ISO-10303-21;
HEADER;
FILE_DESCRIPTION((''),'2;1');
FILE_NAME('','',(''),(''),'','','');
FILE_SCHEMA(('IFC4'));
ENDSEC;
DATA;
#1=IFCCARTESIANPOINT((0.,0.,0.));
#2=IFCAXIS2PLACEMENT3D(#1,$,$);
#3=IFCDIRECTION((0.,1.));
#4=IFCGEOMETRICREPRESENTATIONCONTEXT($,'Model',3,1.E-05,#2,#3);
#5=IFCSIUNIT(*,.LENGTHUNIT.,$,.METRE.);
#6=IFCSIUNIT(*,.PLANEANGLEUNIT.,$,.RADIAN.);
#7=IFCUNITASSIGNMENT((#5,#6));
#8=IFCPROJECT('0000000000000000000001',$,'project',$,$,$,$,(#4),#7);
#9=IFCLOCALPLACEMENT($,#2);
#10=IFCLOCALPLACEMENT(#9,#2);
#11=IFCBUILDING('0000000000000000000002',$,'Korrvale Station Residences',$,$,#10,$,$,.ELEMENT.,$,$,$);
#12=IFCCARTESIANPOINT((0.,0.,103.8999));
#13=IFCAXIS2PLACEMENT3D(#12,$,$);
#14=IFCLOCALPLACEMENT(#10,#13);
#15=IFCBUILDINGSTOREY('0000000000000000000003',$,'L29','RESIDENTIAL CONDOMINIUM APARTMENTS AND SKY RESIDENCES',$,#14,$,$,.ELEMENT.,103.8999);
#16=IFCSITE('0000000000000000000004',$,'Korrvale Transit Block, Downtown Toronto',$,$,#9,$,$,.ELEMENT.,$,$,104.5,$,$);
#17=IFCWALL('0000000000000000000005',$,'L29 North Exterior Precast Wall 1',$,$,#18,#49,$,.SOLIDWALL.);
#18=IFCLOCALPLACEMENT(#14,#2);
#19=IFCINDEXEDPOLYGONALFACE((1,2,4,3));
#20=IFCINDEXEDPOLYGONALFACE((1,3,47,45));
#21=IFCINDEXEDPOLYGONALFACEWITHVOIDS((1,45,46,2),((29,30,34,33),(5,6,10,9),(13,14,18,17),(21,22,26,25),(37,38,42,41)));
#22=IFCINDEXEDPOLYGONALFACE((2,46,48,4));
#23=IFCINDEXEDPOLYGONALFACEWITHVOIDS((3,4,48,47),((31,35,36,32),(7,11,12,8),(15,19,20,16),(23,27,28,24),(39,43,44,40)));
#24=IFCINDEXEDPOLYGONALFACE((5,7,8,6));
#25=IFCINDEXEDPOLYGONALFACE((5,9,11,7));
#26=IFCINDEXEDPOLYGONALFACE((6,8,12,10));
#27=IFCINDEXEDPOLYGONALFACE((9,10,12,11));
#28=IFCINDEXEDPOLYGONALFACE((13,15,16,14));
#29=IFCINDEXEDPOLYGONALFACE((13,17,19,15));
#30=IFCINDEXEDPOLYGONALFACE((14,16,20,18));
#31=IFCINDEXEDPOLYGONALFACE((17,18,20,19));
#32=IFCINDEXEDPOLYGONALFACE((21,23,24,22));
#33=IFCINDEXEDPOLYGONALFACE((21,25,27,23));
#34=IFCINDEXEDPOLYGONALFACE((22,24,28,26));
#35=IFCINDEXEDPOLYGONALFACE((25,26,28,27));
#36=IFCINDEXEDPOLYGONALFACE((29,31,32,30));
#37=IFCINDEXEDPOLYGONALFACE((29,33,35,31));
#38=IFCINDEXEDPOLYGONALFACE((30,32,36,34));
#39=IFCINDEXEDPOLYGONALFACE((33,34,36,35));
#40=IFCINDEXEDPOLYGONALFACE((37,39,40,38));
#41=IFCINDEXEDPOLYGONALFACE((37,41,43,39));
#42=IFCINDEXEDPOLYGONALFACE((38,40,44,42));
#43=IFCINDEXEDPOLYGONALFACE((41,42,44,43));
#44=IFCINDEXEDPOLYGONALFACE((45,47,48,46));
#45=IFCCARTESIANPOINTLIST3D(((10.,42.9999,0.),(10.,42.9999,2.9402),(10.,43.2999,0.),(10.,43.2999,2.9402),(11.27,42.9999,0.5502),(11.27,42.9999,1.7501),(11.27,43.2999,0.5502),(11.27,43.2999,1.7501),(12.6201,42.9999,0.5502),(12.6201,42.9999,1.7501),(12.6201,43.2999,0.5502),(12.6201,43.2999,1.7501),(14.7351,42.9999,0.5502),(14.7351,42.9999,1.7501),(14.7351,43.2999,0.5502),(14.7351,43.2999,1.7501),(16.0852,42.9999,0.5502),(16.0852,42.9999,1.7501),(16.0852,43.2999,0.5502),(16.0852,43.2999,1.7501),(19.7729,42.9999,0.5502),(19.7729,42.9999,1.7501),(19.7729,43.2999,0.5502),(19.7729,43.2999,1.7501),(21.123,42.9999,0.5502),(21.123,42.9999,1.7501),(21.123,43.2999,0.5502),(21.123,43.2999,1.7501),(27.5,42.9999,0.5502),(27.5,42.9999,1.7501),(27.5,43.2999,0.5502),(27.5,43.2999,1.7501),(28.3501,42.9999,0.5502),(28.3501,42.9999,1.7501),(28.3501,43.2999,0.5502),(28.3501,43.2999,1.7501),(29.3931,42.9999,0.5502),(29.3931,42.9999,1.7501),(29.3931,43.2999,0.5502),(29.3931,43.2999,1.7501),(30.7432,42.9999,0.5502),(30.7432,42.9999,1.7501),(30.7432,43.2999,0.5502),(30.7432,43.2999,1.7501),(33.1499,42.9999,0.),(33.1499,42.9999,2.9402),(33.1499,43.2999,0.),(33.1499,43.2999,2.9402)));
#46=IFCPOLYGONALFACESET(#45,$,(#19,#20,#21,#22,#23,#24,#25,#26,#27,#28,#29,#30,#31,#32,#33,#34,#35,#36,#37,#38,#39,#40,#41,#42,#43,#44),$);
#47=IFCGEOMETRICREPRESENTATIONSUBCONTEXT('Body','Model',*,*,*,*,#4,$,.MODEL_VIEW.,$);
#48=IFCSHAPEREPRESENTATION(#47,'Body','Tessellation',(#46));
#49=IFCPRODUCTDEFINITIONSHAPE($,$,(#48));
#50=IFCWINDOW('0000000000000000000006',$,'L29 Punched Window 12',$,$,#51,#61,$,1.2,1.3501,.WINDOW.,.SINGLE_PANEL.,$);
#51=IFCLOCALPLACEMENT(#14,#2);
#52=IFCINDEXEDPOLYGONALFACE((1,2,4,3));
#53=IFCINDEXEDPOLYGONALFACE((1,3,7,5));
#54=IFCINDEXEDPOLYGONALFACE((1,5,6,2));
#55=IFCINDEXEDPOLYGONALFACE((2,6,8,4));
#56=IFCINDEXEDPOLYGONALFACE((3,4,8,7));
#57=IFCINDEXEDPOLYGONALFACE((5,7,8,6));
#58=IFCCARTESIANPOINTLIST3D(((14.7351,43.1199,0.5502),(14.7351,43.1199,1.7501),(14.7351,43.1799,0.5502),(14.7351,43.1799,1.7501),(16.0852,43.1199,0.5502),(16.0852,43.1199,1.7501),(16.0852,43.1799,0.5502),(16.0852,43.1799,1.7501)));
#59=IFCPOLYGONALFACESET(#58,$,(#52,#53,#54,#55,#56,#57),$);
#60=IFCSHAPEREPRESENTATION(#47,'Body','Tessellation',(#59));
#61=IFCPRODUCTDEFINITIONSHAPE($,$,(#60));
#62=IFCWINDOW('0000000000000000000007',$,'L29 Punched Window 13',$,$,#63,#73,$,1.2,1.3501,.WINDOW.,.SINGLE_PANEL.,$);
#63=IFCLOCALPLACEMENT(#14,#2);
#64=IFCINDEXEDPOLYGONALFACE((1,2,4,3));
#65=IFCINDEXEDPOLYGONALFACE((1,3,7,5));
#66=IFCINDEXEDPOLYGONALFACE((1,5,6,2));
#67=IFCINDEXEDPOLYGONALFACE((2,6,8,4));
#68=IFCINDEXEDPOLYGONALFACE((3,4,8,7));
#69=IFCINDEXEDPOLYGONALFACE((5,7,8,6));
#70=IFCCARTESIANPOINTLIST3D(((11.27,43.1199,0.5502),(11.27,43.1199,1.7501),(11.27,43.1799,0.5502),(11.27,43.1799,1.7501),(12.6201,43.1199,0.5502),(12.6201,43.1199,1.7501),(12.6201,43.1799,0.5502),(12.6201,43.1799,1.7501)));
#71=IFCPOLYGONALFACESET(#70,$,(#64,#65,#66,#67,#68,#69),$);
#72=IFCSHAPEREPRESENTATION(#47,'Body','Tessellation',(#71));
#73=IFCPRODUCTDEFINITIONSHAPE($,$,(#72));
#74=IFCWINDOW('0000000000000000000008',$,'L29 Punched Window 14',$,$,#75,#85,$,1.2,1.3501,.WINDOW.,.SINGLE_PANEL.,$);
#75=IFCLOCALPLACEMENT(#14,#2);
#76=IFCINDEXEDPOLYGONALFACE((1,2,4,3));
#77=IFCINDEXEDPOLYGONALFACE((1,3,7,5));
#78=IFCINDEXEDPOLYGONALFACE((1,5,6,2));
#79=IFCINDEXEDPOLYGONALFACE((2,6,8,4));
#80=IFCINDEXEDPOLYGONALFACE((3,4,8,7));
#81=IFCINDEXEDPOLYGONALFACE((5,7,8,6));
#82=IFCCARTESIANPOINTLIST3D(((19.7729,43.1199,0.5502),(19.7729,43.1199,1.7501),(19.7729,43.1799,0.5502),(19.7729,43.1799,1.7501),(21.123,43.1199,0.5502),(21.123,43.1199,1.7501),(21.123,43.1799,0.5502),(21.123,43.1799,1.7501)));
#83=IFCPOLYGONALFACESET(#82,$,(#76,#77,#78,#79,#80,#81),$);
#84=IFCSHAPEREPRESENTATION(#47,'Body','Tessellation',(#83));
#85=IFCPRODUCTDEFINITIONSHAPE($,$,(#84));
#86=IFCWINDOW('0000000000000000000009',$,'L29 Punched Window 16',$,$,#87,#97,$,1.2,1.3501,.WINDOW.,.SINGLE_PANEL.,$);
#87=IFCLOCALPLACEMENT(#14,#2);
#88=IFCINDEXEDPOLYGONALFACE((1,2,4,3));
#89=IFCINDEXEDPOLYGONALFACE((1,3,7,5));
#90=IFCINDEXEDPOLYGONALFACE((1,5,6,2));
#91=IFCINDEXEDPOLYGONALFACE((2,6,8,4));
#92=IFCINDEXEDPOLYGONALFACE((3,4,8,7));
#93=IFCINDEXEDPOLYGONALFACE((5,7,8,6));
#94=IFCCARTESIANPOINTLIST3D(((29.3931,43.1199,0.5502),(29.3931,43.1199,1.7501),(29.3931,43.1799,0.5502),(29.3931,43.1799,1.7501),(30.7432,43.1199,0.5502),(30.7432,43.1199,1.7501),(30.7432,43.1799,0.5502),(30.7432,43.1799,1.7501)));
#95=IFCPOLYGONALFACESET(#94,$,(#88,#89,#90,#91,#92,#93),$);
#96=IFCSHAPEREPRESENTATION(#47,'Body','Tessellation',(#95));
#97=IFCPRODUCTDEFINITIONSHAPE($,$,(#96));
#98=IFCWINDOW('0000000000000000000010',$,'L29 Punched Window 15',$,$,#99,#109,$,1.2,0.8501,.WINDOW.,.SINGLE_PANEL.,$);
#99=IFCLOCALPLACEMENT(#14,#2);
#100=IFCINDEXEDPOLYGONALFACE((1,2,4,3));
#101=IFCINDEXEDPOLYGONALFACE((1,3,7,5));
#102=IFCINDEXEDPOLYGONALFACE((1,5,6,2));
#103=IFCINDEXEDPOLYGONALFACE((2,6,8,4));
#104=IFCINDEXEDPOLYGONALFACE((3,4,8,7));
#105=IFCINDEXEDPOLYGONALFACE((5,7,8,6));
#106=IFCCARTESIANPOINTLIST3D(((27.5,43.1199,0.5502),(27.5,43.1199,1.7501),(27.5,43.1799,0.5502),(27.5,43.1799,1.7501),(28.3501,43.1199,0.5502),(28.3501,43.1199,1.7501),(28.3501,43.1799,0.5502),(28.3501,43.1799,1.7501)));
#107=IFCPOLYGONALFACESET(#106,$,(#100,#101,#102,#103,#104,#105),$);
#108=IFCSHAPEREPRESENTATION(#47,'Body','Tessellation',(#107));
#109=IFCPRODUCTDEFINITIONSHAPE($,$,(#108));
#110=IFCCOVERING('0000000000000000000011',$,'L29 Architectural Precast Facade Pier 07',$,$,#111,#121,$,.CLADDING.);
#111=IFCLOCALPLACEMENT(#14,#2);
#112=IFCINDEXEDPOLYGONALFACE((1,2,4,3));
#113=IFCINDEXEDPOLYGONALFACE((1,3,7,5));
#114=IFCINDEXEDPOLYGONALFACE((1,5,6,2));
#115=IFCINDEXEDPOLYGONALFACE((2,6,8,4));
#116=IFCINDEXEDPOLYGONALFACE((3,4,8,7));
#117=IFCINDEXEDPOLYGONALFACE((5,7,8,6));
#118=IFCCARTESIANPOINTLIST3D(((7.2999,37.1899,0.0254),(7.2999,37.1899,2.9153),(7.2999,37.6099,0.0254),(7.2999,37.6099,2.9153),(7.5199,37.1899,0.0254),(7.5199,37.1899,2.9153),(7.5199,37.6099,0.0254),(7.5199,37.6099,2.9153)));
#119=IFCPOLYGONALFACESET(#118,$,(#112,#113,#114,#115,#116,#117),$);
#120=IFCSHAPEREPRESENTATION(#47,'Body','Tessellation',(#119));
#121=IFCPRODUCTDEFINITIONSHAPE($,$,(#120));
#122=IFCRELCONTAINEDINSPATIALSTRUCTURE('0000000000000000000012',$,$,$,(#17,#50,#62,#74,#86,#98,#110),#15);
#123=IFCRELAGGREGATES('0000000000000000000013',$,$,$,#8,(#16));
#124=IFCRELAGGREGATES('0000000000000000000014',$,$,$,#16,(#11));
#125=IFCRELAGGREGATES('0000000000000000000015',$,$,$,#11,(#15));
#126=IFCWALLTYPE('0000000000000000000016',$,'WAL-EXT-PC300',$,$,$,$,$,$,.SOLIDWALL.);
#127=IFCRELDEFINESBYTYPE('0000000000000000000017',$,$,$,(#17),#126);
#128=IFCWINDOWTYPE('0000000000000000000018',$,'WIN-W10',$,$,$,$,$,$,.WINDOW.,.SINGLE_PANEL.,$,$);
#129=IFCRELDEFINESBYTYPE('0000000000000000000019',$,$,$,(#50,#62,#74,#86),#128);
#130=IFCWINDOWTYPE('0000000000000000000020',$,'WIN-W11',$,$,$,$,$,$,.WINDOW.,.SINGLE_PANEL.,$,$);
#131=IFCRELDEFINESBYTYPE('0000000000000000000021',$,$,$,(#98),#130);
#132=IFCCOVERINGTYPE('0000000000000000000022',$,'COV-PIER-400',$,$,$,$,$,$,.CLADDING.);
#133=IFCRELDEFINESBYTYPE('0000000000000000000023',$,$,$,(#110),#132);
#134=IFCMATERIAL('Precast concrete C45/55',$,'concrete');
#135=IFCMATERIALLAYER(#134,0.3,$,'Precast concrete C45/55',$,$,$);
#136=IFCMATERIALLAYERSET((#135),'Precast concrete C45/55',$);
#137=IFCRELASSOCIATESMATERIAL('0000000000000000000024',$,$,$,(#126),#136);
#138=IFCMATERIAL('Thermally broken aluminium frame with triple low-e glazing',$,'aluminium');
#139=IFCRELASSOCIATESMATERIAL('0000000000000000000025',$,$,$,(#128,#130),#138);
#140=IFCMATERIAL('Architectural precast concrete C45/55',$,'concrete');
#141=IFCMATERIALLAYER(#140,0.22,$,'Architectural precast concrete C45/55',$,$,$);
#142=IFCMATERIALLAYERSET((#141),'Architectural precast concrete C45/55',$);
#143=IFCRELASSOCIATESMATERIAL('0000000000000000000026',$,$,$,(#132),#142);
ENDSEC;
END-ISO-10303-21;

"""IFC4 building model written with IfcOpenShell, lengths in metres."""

from ifc_helpers import new_model, si_unit, direction, frame, frame_2d, origin, origin_2d, place, context, subcontext, project, spatial, rectangle, extrude, material, layer, layer_set, type_object, element, fill, save


model = new_model("IFC4")

# Units and contexts
model_context = context("Model", 3, precision=1e-05, world=origin(), true_north=direction((0.0, 1.0)))
body_context = subcontext(model_context, "Body", "Model", "MODEL_VIEW")
ifc_project = project(units=[si_unit("LENGTHUNIT", "METRE"), si_unit("PLANEANGLEUNIT", "RADIAN")], contexts=[model_context])

# Site, building, storey
site_placement = place(None, origin())
site = spatial("IfcSite", under=ifc_project, at=site_placement, Name="Korrvale Transit Block, Downtown Toronto", CompositionType="ELEMENT", RefElevation=104.5)
building_placement = place(site_placement, origin())
building = spatial("IfcBuilding", under=site, at=building_placement, Name="Korrvale Station Residences", CompositionType="ELEMENT")
storey_placement = place(building_placement, frame((0.0, 0.0, 103.8999)))
storey = spatial("IfcBuildingStorey", under=building, at=storey_placement, Name="L29", Description="RESIDENTIAL CONDOMINIUM APARTMENTS AND SKY RESIDENCES", CompositionType="ELEMENT", Elevation=103.8999)

# Shared definitions
ifc_material_1 = material(Name="Precast concrete C45/55", Category="concrete")

# Wall, openings, windows
ifc_layer_1 = layer(ifc_material_1, 0.3, Name="Precast concrete C45/55")
ifc_layer_set_1 = layer_set([ifc_layer_1], Name="Precast concrete C45/55")
wall_type_1 = type_object("IfcWallType", Name="WAL-EXT-PC300", PredefinedType="SOLIDWALL", material=ifc_layer_set_1)
wall_1_placement = place(storey_placement, frame((10.0, 43.1499, 0.0), z_axis=(0.0, 0.0, 1.0), x_axis=(1.0, 0.0, 0.0)))
wall_1 = element("IfcWall", 1, at=wall_1_placement, inside=storey, type_object=wall_type_1, Name="L29 North Exterior Precast Wall 1", PredefinedType="SOLIDWALL", context=body_context, shape_type="SweptSolid", body=[
    extrude(rectangle(XDim=23.1499, YDim=0.3, at=frame_2d((11.575, 0.0))), origin(), (0.0, 0.0, 1.0), 2.9402),
])
opening_1_placement = place(wall_1_placement, frame((4.7351, 0.0, 0.55)))
opening_1 = element("IfcOpeningElement", 2, at=opening_1_placement, cuts=wall_1, PredefinedType="OPENING", context=body_context, shape_type="SweptSolid", body=[
    extrude(rectangle(XDim=1.3501, YDim=1.2, at=frame_2d((0.675, 0.6001))), frame((0.0, 0.1602, 0.0), z_axis=(0.0, -1.0, 0.0), x_axis=(1.0, 0.0, 0.0)), (0.0, 0.0, 1.0), 0.3201),
])
opening_2_placement = place(wall_1_placement, frame((1.27, 0.0, 0.55)))
opening_2 = element("IfcOpeningElement", 3, at=opening_2_placement, cuts=wall_1, PredefinedType="OPENING", context=body_context, shape_type="SweptSolid", body=[
    extrude(rectangle(XDim=1.3501, YDim=1.2, at=frame_2d((0.675, 0.6001))), frame((0.0, 0.1602, 0.0), z_axis=(0.0, -1.0, 0.0), x_axis=(1.0, 0.0, 0.0)), (0.0, 0.0, 1.0), 0.3201),
])
opening_3_placement = place(wall_1_placement, frame((9.7729, 0.0, 0.55)))
opening_3 = element("IfcOpeningElement", 4, at=opening_3_placement, cuts=wall_1, PredefinedType="OPENING", context=body_context, shape_type="SweptSolid", body=[
    extrude(rectangle(XDim=1.3501, YDim=1.2, at=frame_2d((0.675, 0.6001))), frame((0.0, 0.1602, 0.0), z_axis=(0.0, -1.0, 0.0), x_axis=(1.0, 0.0, 0.0)), (0.0, 0.0, 1.0), 0.3201),
])
opening_4_placement = place(wall_1_placement, frame((17.5, 0.0, 0.55)))
opening_4 = element("IfcOpeningElement", 5, at=opening_4_placement, cuts=wall_1, PredefinedType="OPENING", context=body_context, shape_type="SweptSolid", body=[
    extrude(rectangle(XDim=0.8501, YDim=1.2, at=frame_2d((0.425, 0.6001))), frame((0.0, 0.1602, 0.0), z_axis=(0.0, -1.0, 0.0), x_axis=(1.0, 0.0, 0.0)), (0.0, 0.0, 1.0), 0.3201),
])
opening_5_placement = place(wall_1_placement, frame((19.3931, 0.0, 0.55)))
opening_5 = element("IfcOpeningElement", 6, at=opening_5_placement, cuts=wall_1, PredefinedType="OPENING", context=body_context, shape_type="SweptSolid", body=[
    extrude(rectangle(XDim=1.3501, YDim=1.2, at=frame_2d((0.675, 0.6001))), frame((0.0, 0.1602, 0.0), z_axis=(0.0, -1.0, 0.0), x_axis=(1.0, 0.0, 0.0)), (0.0, 0.0, 1.0), 0.3201),
])
ifc_material_2 = material(Name="Thermally broken aluminium frame with triple low-e glazing", Category="aluminium")
window_type_1 = type_object("IfcWindowType", Name="WIN-W10", PartitioningType="SINGLE_PANEL", PredefinedType="WINDOW", material=ifc_material_2)
window_1_placement = place(opening_1_placement, origin())
window_1 = element("IfcWindow", 7, at=window_1_placement, inside=storey, type_object=window_type_1, Name="L29 Punched Window 12", OverallHeight=1.2, OverallWidth=1.3501, PartitioningType="SINGLE_PANEL", PredefinedType="WINDOW", context=body_context, shape_type="SweptSolid", body=[
    extrude(rectangle(XDim=1.3501, YDim=1.2, at=frame_2d((0.675, 0.6001))), frame((0.0, 0.03, 0.0), z_axis=(0.0, -1.0, 0.0), x_axis=(1.0, 0.0, 0.0)), (0.0, 0.0, 1.0), 0.0601),
])
fill(opening_1, window_1)
window_2_placement = place(opening_2_placement, origin())
window_2 = element("IfcWindow", 8, at=window_2_placement, inside=storey, type_object=window_type_1, Name="L29 Punched Window 13", OverallHeight=1.2, OverallWidth=1.3501, PartitioningType="SINGLE_PANEL", PredefinedType="WINDOW", context=body_context, shape_type="SweptSolid", body=[
    extrude(rectangle(XDim=1.3501, YDim=1.2, at=frame_2d((0.675, 0.6001))), frame((0.0, 0.03, 0.0), z_axis=(0.0, -1.0, 0.0), x_axis=(1.0, 0.0, 0.0)), (0.0, 0.0, 1.0), 0.0601),
])
fill(opening_2, window_2)
window_3_placement = place(opening_3_placement, origin())
window_3 = element("IfcWindow", 9, at=window_3_placement, inside=storey, type_object=window_type_1, Name="L29 Punched Window 14", OverallHeight=1.2, OverallWidth=1.3501, PartitioningType="SINGLE_PANEL", PredefinedType="WINDOW", context=body_context, shape_type="SweptSolid", body=[
    extrude(rectangle(XDim=1.3501, YDim=1.2, at=frame_2d((0.675, 0.6001))), frame((0.0, 0.03, 0.0), z_axis=(0.0, -1.0, 0.0), x_axis=(1.0, 0.0, 0.0)), (0.0, 0.0, 1.0), 0.0601),
])
fill(opening_3, window_3)
window_4_placement = place(opening_5_placement, origin())
window_4 = element("IfcWindow", 10, at=window_4_placement, inside=storey, type_object=window_type_1, Name="L29 Punched Window 16", OverallHeight=1.2, OverallWidth=1.3501, PartitioningType="SINGLE_PANEL", PredefinedType="WINDOW", context=body_context, shape_type="SweptSolid", body=[
    extrude(rectangle(XDim=1.3501, YDim=1.2, at=frame_2d((0.675, 0.6001))), frame((0.0, 0.03, 0.0), z_axis=(0.0, -1.0, 0.0), x_axis=(1.0, 0.0, 0.0)), (0.0, 0.0, 1.0), 0.0601),
])
fill(opening_5, window_4)
window_type_2 = type_object("IfcWindowType", Name="WIN-W11", PartitioningType="SINGLE_PANEL", PredefinedType="WINDOW", material=ifc_material_2)
window_5_placement = place(opening_4_placement, origin())
window_5 = element("IfcWindow", 11, at=window_5_placement, inside=storey, type_object=window_type_2, Name="L29 Punched Window 15", OverallHeight=1.2, OverallWidth=0.8501, PartitioningType="SINGLE_PANEL", PredefinedType="WINDOW", context=body_context, shape_type="SweptSolid", body=[
    extrude(rectangle(XDim=0.8501, YDim=1.2, at=frame_2d((0.425, 0.6001))), frame((0.0, 0.03, 0.0), z_axis=(0.0, -1.0, 0.0), x_axis=(1.0, 0.0, 0.0)), (0.0, 0.0, 1.0), 0.0601),
])
fill(opening_4, window_5)

# Covering
ifc_material_3 = material(Name="Architectural precast concrete C45/55", Category="concrete")
ifc_layer_2 = layer(ifc_material_3, 0.22, Name="Architectural precast concrete C45/55")
ifc_layer_set_2 = layer_set([ifc_layer_2], Name="Architectural precast concrete C45/55")
covering_type = type_object("IfcCoveringType", Name="COV-PIER-400", PredefinedType="CLADDING", material=ifc_layer_set_2)
covering_placement = place(storey_placement, frame((7.4099, 37.3999, 0.0254), z_axis=(0.0, 0.0, 1.0), x_axis=(0.0, 1.0, 0.0)))
element("IfcCovering", 12, at=covering_placement, inside=storey, type_object=covering_type, Name="L29 Architectural Precast Facade Pier 07", PredefinedType="CLADDING", context=body_context, shape_type="SweptSolid", body=[
    extrude(rectangle(XDim=0.4199, YDim=0.22, at=origin_2d()), origin(), (0.0, 0.0, 1.0), 2.8899),
])

save(model, "model.ifc")
